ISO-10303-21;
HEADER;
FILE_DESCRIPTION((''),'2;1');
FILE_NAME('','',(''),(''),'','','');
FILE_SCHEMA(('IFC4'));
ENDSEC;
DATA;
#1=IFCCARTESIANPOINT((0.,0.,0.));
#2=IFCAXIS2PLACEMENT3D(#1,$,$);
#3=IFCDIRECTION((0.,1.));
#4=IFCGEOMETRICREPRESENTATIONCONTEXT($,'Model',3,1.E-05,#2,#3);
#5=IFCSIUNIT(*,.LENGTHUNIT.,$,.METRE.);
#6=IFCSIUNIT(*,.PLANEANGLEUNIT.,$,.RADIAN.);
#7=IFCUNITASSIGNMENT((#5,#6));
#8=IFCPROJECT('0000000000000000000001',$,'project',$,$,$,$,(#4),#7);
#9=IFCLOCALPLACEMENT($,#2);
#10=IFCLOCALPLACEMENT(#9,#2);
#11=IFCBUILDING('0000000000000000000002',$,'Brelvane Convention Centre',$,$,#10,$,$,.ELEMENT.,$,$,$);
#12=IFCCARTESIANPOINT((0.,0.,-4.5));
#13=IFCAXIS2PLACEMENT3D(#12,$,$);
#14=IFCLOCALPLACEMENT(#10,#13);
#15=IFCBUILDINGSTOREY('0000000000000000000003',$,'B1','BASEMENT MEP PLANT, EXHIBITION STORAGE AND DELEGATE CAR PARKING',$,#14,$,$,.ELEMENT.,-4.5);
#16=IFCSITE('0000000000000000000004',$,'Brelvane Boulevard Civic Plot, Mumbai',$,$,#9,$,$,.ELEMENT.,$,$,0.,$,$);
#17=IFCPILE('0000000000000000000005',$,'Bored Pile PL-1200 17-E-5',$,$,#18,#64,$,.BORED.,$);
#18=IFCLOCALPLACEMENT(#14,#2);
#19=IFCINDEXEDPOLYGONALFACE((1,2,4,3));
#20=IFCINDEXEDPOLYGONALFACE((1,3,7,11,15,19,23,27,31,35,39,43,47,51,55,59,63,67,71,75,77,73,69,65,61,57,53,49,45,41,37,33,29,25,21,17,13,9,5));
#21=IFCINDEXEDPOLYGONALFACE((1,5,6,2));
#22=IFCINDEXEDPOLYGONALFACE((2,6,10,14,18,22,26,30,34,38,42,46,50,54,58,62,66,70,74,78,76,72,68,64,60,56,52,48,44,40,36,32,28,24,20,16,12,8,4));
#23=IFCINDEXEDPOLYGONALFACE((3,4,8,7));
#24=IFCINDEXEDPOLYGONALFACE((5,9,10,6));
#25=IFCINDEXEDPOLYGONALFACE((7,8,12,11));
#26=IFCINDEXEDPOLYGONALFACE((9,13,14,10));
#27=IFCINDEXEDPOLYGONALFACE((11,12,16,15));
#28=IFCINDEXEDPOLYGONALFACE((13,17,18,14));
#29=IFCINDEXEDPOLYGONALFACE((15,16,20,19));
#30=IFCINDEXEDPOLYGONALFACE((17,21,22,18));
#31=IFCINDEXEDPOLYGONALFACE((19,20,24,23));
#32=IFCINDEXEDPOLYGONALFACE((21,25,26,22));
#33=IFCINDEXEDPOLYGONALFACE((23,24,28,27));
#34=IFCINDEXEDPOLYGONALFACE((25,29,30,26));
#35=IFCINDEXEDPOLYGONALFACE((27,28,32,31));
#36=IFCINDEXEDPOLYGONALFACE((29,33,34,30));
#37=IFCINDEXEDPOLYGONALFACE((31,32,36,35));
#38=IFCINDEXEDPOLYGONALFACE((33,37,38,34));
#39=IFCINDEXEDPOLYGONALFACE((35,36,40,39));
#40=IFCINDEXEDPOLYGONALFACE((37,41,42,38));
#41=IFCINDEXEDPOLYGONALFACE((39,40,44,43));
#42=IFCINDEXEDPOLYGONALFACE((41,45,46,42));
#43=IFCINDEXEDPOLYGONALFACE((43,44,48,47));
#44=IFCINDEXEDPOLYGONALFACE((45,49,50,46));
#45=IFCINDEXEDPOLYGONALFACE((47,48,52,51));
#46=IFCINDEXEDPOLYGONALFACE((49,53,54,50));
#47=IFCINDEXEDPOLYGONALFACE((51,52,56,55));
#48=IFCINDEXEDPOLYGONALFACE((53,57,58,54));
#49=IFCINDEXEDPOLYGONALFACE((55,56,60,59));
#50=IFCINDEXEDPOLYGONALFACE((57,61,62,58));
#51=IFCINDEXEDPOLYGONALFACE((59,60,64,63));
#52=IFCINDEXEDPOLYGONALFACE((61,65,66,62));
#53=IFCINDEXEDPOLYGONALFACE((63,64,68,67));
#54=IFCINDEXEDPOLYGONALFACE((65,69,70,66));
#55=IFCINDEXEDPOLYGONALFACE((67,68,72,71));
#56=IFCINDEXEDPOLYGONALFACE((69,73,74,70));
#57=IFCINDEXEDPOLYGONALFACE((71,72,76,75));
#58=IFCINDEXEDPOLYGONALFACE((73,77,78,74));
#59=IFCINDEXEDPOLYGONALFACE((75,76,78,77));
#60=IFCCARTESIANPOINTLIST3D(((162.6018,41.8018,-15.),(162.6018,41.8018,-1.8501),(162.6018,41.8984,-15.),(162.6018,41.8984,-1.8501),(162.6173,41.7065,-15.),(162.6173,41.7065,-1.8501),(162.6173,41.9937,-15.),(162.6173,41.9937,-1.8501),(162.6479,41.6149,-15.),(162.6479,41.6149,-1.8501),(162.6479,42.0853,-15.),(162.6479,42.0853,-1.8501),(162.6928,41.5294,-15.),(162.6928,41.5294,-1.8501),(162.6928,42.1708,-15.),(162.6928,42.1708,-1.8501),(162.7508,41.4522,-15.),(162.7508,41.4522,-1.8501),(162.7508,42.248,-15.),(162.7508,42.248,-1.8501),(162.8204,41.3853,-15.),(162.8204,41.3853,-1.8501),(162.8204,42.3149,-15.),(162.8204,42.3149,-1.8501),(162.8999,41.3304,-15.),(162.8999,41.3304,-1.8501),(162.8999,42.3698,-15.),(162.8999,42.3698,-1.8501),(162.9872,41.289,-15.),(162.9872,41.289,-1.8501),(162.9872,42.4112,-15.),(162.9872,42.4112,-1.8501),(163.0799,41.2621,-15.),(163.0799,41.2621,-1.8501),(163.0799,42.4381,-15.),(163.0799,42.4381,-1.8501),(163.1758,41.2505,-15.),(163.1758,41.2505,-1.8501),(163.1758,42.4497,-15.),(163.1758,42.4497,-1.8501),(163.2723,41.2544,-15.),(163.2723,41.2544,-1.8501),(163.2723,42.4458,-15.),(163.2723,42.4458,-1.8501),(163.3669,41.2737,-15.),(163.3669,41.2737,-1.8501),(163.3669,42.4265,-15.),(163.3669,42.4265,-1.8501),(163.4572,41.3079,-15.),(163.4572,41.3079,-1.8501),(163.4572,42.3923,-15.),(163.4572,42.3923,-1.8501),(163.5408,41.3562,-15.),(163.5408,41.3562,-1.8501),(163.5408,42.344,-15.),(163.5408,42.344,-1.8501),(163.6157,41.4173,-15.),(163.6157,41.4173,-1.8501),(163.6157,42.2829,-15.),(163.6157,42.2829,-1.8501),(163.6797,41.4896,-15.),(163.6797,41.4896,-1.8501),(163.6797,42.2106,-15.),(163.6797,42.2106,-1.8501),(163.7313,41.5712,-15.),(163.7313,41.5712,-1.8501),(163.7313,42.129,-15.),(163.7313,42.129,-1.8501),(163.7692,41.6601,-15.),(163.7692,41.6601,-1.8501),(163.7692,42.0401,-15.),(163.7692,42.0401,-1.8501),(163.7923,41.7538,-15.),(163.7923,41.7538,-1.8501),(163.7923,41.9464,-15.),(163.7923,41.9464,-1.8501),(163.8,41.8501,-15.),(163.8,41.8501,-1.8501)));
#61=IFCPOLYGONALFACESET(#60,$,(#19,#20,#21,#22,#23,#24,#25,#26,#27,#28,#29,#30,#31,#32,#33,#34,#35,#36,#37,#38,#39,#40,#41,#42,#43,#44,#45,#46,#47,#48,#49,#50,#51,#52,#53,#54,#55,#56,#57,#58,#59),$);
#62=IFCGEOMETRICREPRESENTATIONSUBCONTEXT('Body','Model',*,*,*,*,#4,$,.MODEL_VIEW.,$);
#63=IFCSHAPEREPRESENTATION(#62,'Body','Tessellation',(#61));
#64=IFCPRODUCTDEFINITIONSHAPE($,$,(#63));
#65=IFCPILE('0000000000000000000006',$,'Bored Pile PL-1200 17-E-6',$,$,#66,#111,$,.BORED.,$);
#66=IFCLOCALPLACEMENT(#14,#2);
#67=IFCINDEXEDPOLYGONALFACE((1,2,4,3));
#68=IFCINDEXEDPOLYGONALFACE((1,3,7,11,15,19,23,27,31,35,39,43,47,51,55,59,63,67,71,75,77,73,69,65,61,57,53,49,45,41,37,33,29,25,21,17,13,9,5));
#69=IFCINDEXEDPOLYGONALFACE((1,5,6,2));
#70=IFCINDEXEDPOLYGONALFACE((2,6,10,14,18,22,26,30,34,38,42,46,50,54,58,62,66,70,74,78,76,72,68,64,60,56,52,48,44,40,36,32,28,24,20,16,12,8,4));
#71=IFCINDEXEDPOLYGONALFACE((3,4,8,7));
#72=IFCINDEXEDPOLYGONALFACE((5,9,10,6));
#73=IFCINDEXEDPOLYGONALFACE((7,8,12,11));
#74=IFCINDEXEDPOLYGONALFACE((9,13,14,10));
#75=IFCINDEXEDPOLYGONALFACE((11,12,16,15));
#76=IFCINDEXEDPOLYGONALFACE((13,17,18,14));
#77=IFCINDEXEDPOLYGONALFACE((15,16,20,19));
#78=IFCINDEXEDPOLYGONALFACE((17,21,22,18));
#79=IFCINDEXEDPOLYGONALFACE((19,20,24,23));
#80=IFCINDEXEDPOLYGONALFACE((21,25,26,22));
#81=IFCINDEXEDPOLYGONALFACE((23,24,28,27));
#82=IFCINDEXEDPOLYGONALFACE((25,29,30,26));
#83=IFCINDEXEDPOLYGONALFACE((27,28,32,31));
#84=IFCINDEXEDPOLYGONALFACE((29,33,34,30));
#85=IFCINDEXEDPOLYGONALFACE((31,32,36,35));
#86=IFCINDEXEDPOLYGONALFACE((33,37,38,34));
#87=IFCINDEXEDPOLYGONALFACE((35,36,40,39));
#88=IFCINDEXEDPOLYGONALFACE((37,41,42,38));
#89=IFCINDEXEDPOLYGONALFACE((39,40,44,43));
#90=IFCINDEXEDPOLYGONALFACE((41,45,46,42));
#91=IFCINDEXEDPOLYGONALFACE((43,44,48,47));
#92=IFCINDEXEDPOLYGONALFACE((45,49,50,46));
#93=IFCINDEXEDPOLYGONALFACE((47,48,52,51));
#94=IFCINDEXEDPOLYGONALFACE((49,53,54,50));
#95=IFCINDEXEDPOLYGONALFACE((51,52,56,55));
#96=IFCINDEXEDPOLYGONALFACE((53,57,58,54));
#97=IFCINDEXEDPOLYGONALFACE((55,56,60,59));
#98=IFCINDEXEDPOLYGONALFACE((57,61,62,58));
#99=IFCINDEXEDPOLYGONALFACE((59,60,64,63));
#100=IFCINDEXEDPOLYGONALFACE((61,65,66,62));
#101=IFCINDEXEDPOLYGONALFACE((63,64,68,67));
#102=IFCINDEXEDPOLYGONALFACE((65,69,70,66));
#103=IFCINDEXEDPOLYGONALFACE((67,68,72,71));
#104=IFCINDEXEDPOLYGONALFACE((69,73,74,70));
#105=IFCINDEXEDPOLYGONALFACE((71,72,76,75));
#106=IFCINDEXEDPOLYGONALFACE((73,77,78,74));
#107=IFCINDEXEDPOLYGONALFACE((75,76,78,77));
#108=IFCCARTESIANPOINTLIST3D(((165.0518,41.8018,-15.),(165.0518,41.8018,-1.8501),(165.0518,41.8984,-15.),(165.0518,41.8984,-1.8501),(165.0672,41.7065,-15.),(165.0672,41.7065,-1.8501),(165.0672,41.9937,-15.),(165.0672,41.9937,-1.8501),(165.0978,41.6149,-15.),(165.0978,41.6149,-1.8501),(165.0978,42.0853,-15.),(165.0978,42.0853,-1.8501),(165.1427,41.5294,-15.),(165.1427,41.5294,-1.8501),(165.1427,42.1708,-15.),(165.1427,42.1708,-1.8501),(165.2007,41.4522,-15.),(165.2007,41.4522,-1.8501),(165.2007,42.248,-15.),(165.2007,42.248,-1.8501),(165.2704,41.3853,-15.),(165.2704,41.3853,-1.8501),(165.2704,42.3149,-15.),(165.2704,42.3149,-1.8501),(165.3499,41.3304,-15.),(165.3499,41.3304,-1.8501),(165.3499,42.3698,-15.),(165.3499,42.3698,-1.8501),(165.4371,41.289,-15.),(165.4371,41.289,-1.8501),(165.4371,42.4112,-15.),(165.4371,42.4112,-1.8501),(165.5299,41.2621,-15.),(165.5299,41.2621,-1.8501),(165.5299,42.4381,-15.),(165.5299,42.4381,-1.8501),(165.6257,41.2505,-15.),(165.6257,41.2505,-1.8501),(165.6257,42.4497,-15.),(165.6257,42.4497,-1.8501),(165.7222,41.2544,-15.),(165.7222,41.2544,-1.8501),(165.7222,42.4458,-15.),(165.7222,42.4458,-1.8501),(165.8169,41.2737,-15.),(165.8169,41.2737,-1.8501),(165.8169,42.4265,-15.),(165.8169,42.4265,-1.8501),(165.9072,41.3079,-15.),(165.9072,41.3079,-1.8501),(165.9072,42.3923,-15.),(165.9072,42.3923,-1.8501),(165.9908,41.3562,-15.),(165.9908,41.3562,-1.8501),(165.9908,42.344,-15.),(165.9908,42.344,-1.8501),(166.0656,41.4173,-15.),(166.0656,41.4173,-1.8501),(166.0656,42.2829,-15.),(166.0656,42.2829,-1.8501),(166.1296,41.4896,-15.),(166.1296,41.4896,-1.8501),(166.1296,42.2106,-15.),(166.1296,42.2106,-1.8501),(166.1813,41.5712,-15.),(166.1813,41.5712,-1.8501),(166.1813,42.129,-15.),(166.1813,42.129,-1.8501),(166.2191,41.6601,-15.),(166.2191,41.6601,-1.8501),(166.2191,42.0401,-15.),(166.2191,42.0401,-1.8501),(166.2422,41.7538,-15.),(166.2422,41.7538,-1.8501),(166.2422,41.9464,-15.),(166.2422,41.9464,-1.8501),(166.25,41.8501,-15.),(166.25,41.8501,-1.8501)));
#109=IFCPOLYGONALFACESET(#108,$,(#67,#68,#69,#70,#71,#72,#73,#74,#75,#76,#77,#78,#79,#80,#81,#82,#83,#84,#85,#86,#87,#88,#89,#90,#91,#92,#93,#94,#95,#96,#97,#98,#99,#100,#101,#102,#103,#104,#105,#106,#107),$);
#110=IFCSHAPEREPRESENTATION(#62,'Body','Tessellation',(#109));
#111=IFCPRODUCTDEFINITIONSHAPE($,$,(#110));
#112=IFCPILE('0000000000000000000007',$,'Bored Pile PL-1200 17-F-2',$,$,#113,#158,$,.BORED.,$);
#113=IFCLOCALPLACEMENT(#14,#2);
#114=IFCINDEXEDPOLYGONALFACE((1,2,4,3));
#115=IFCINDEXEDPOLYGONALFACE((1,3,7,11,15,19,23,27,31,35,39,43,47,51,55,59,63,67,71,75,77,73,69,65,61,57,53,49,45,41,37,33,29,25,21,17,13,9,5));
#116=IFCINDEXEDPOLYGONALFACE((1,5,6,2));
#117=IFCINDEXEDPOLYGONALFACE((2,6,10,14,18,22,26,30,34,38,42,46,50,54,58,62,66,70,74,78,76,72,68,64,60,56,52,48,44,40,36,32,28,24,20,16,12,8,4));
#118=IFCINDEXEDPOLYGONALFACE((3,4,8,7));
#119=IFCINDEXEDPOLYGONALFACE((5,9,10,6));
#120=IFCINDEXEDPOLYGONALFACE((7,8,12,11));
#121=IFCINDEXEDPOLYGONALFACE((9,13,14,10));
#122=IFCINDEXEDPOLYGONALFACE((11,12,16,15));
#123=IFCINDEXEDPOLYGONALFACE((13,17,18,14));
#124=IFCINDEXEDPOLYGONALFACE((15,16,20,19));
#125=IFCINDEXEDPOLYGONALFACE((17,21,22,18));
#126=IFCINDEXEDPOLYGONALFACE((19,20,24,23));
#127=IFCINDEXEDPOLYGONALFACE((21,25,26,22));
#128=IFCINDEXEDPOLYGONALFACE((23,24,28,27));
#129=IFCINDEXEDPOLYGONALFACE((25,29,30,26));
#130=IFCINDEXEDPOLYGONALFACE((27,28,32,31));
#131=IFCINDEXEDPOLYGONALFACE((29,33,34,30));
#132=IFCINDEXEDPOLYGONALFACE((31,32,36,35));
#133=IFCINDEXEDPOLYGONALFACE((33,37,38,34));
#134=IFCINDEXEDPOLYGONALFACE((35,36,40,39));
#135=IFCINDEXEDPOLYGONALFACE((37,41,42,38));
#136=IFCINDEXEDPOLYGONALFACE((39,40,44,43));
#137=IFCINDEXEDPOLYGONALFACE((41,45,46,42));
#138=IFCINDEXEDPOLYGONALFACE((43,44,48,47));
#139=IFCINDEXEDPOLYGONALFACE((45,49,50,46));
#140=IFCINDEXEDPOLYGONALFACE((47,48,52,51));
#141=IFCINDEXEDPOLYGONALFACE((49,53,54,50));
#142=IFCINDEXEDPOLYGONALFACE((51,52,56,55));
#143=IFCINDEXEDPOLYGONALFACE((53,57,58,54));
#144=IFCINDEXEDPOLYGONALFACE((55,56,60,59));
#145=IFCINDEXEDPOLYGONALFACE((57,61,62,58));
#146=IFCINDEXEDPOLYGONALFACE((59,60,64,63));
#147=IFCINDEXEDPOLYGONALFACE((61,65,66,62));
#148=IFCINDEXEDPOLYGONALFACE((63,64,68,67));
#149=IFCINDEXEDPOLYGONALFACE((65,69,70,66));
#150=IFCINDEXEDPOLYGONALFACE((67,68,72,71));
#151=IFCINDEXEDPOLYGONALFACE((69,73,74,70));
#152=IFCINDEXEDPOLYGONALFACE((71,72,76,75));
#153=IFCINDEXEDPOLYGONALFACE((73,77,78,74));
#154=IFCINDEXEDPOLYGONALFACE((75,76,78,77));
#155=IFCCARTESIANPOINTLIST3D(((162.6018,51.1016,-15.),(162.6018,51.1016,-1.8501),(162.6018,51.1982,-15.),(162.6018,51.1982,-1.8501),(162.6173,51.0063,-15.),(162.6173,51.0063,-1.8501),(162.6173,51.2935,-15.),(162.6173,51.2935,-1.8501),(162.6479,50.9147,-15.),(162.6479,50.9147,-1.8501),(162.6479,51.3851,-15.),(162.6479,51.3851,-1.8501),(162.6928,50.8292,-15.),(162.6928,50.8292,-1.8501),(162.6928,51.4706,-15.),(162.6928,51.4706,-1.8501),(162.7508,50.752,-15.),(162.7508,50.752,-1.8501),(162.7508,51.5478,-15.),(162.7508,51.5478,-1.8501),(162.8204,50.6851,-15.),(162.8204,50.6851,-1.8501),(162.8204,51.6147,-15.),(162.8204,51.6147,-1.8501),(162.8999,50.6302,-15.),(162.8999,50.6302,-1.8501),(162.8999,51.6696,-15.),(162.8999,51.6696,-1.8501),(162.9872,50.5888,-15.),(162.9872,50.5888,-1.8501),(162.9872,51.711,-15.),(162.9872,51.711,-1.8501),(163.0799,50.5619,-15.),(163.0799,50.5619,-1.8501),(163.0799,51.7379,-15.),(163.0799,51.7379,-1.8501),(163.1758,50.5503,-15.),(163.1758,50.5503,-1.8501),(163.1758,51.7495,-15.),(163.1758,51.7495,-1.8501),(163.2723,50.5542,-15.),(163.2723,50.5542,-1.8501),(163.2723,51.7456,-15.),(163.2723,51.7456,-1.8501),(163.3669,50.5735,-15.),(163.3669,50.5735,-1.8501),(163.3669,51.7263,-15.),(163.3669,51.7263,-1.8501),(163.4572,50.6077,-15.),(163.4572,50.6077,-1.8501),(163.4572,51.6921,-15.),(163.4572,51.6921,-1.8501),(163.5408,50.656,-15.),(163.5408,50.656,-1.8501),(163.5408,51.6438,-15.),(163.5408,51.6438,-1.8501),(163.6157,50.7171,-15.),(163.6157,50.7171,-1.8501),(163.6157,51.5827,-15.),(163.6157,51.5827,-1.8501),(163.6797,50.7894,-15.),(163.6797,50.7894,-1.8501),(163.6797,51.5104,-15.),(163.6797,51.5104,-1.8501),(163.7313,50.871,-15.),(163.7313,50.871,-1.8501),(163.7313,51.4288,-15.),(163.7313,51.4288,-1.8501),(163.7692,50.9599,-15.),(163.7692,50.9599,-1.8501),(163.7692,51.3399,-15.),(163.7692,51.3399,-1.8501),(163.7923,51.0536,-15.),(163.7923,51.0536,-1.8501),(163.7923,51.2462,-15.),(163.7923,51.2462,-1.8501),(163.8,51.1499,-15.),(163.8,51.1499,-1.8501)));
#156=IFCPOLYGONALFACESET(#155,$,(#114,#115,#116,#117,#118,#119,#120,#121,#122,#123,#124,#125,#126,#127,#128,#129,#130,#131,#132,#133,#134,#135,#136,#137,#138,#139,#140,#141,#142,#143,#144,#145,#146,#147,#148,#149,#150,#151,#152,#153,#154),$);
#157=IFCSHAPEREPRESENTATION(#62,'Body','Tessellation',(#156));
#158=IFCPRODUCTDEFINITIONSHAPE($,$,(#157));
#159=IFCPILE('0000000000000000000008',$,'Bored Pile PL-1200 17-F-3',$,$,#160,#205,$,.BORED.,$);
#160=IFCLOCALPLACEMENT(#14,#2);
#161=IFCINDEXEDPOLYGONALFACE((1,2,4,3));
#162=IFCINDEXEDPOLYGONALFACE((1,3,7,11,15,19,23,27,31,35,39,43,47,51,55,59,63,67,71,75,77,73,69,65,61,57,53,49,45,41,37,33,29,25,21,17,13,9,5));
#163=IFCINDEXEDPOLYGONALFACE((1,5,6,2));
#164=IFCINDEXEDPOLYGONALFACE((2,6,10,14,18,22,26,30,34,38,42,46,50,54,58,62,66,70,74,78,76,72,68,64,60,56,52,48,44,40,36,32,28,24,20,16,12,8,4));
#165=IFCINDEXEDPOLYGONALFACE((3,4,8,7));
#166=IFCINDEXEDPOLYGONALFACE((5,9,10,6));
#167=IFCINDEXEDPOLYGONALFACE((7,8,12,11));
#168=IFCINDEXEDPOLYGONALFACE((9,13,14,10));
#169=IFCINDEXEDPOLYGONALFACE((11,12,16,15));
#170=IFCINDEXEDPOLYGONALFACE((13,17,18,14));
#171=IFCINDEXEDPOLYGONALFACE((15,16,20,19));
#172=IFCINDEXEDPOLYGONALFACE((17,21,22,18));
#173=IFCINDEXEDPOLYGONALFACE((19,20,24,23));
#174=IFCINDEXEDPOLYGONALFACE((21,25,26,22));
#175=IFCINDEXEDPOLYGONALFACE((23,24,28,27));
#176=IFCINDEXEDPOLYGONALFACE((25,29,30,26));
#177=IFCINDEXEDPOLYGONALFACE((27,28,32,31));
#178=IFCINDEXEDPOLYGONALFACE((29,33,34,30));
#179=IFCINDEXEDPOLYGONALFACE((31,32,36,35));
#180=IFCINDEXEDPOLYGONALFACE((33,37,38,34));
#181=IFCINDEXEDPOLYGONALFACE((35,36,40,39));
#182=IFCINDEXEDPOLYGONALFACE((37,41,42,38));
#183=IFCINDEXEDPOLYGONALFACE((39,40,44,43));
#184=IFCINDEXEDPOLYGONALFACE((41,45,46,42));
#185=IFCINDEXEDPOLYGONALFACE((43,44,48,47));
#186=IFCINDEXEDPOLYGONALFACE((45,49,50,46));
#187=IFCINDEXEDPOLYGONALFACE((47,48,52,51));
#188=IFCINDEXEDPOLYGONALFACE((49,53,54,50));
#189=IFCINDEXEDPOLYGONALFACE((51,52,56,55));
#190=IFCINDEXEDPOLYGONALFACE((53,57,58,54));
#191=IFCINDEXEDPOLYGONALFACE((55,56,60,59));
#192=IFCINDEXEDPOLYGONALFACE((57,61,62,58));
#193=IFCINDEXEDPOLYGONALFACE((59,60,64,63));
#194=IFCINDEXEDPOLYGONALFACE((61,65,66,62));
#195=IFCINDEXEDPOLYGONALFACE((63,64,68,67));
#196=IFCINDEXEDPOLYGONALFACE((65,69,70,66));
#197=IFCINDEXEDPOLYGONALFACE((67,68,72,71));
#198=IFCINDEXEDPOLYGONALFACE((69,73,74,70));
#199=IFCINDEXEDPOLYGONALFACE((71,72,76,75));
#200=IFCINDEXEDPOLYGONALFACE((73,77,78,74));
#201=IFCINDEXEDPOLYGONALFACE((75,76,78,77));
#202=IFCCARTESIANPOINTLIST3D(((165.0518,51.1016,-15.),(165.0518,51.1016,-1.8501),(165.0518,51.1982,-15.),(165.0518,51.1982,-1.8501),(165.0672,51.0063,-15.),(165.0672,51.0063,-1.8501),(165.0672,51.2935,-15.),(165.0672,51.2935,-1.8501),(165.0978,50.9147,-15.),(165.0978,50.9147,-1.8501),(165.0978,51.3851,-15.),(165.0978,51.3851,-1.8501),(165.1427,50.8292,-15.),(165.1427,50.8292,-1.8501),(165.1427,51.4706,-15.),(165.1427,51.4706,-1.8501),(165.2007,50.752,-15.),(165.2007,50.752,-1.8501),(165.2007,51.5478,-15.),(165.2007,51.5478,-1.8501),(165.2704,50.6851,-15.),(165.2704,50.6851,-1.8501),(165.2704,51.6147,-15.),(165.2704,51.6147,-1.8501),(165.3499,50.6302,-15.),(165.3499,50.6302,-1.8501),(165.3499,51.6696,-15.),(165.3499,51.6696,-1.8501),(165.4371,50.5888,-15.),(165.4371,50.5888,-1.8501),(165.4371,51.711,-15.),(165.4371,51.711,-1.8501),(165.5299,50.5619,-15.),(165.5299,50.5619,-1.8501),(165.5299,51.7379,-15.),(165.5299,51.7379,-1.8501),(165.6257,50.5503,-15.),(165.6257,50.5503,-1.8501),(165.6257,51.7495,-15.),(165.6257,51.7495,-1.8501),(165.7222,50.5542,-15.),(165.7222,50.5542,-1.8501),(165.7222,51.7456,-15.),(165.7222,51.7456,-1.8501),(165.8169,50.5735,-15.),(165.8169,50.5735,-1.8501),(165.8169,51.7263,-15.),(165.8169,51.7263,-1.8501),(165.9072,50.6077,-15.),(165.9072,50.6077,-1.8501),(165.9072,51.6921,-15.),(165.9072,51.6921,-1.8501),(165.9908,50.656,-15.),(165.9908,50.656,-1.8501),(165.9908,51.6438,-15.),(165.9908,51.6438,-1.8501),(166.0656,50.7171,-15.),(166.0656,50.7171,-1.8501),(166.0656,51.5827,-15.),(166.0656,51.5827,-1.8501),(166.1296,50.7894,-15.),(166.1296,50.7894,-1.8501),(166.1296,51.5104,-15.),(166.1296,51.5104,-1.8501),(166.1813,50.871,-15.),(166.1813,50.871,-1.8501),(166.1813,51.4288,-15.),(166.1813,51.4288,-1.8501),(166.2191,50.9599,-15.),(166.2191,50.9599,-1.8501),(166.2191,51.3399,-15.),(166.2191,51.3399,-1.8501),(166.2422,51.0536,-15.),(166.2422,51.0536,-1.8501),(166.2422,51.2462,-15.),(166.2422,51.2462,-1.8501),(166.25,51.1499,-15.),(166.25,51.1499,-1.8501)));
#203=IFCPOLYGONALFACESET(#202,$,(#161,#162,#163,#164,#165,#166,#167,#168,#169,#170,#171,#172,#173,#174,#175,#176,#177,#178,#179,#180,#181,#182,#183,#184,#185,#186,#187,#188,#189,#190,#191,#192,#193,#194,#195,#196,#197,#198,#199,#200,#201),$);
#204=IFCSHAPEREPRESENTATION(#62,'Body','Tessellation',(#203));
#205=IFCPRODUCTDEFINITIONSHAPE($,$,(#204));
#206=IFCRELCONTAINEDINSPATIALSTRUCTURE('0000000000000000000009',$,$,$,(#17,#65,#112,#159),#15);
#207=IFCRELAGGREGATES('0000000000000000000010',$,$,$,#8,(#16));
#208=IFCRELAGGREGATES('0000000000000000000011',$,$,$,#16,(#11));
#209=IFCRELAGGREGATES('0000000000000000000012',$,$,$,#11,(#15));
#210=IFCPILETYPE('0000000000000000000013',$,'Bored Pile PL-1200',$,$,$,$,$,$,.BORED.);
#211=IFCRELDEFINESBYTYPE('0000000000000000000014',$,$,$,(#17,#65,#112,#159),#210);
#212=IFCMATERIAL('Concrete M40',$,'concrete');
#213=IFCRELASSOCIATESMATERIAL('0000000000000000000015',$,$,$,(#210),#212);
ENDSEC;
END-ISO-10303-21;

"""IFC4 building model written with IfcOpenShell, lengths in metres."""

from ifc_helpers import new_model, si_unit, direction, frame, origin, origin_2d, place, context, subcontext, project, spatial, circle, extrude, material, material_profile, profile_set, type_object, element, save


model = new_model("IFC4")

# Units and contexts
model_context = context("Model", 3, precision=1e-05, world=origin(), true_north=direction((0.0, 1.0)))
body_context = subcontext(model_context, "Body", "Model", "MODEL_VIEW")
ifc_project = project(units=[si_unit("LENGTHUNIT", "METRE"), si_unit("PLANEANGLEUNIT", "RADIAN")], contexts=[model_context])

# Site, building, storey
site_placement = place(None, origin())
site = spatial("IfcSite", under=ifc_project, at=site_placement, Name="Brelvane Boulevard Civic Plot, Mumbai", CompositionType="ELEMENT", RefElevation=0.0)
building_placement = place(site_placement, origin())
building = spatial("IfcBuilding", under=site, at=building_placement, Name="Brelvane Convention Centre", CompositionType="ELEMENT")
storey_placement = place(building_placement, frame((0.0, 0.0, -4.5)))
storey = spatial("IfcBuildingStorey", under=building, at=storey_placement, Name="B1", Description="BASEMENT MEP PLANT, EXHIBITION STORAGE AND DELEGATE CAR PARKING", CompositionType="ELEMENT", Elevation=-4.5)

# Piles
ifc_material_1 = material(Name="Concrete M40", Category="concrete")
ifc_material_profile_1 = material_profile(ifc_material_1, circle(Radius=0.6001, at=origin_2d()), Name="PILE D1200")
ifc_profile_set_1 = profile_set([ifc_material_profile_1], Name="Concrete M40")
pile_type_1 = type_object("IfcPileType", Name="Bored Pile PL-1200", PredefinedType="BORED", material=ifc_profile_set_1)
for number, where, z_axis, x_axis, name in (
    (1, (163.2, 41.8501, -1.8501), (0.0, 0.0, -1.0), (1.0, 0.0, 0.0), "Bored Pile PL-1200 17-E-5"),
    (2, (165.6499, 41.8501, -1.8501), (0.0, 0.0, -1.0), (1.0, 0.0, 0.0), "Bored Pile PL-1200 17-E-6"),
    (3, (163.2, 51.1499, -1.8501), (0.0, 0.0, -1.0), (1.0, 0.0, 0.0), "Bored Pile PL-1200 17-F-2"),
    (4, (165.6499, 51.1499, -1.8501), (0.0, 0.0, -1.0), (1.0, 0.0, 0.0), "Bored Pile PL-1200 17-F-3"),
):
    element("IfcPile", number, at=place(storey_placement, frame(where, z_axis=z_axis, x_axis=x_axis)), inside=storey, type_object=pile_type_1, Name=name, PredefinedType="BORED", context=body_context, shape_type="SweptSolid", body=[
        extrude(circle(Radius=0.6001, at=origin_2d()), origin(), (0.0, 0.0, 1.0), 13.1499),
    ])

save(model, "model.ifc")
